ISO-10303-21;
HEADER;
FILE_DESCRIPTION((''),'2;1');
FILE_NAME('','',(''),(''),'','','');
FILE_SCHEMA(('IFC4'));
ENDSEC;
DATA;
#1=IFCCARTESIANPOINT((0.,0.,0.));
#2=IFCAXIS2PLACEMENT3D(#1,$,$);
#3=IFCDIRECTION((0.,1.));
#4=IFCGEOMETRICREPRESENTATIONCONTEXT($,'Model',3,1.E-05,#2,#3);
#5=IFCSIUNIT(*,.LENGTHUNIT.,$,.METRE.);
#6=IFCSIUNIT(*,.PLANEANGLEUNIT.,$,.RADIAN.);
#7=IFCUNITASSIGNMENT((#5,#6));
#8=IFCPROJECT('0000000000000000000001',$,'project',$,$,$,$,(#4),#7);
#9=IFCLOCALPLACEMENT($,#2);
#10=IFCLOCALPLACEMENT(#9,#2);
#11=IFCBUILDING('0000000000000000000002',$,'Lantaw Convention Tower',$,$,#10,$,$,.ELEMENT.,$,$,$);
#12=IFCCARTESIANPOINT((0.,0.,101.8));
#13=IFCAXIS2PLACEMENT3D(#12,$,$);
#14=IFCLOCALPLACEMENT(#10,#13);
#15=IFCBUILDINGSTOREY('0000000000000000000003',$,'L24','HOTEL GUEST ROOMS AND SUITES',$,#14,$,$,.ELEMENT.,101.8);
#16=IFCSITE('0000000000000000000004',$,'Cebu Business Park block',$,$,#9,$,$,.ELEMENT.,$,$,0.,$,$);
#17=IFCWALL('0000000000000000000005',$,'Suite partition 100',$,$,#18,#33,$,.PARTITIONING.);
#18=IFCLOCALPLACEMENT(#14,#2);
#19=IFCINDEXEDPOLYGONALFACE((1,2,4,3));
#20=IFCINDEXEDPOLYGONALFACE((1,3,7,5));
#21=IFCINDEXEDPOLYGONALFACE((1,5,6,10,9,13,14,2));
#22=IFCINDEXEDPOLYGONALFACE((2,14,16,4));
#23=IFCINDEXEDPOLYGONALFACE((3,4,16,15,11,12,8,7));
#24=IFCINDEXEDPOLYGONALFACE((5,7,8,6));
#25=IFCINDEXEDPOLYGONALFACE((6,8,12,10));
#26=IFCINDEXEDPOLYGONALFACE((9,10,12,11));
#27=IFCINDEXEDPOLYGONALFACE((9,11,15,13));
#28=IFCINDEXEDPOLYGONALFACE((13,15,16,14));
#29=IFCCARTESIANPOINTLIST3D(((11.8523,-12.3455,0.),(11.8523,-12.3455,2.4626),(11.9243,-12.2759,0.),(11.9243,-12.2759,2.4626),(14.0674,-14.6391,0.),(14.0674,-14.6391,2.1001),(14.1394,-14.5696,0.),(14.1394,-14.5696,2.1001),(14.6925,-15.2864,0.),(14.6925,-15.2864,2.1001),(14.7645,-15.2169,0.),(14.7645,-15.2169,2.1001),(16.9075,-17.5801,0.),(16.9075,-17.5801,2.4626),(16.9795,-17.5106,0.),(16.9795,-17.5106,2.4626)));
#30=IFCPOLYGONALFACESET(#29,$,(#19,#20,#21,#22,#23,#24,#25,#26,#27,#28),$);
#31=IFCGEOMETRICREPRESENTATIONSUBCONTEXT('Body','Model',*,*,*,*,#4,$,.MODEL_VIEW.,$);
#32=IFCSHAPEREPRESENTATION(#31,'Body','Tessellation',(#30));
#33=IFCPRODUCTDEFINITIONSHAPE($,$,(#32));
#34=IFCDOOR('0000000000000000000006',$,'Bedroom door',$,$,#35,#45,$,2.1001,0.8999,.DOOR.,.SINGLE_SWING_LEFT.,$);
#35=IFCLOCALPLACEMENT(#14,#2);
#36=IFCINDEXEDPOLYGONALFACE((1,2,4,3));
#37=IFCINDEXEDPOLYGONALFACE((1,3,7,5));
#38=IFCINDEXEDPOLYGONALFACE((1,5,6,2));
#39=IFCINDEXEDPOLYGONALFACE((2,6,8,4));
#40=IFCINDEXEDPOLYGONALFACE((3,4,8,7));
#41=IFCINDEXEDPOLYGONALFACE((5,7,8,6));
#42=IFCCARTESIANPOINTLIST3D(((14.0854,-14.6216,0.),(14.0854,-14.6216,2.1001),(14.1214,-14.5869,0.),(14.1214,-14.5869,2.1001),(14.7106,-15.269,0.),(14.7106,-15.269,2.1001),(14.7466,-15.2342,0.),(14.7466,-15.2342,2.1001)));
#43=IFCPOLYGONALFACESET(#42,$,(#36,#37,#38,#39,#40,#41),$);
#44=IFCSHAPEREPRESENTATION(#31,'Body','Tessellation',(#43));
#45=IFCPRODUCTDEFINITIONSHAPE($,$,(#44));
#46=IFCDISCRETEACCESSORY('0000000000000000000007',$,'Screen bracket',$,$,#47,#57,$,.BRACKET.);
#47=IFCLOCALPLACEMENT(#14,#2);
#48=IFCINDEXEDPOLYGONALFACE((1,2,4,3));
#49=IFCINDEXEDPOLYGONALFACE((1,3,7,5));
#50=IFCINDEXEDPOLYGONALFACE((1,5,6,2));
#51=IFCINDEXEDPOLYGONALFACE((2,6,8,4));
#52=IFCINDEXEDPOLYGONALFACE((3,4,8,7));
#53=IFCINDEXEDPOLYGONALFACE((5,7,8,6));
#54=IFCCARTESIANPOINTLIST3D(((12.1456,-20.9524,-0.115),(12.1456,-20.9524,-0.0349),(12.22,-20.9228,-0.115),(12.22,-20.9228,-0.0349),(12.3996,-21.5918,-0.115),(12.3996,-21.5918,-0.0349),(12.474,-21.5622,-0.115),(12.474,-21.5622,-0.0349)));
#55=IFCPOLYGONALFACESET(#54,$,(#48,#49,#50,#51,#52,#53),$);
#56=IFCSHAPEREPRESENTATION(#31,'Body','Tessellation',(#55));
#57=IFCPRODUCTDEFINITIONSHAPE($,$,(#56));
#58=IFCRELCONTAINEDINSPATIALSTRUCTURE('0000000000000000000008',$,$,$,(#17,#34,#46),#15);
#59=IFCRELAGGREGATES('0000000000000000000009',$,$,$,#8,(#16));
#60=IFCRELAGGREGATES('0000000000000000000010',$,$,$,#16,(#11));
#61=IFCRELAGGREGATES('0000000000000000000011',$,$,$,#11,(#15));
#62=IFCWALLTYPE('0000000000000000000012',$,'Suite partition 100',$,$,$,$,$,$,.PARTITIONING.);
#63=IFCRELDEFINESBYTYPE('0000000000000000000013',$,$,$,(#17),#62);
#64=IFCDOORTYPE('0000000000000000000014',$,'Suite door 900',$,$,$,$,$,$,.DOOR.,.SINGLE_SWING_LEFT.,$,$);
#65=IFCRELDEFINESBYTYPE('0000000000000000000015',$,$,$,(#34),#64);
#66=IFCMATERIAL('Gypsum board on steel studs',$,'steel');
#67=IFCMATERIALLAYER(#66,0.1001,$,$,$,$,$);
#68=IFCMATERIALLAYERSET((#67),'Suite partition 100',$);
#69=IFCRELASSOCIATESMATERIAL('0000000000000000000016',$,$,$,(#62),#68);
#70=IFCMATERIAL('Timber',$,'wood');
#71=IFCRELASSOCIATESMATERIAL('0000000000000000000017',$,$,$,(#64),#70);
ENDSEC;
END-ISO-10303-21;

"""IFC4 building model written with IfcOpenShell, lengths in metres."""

from ifc_helpers import new_model, si_unit, direction, frame, frame_2d, origin, origin_2d, place, context, subcontext, project, spatial, rectangle, extrude, material, layer, layer_set, type_object, element, fill, save


model = new_model("IFC4")

# Units and contexts
model_context = context("Model", 3, precision=1e-05, world=origin(), true_north=direction((0.0, 1.0)))
body_context = subcontext(model_context, "Body", "Model", "MODEL_VIEW")
ifc_project = project(units=[si_unit("LENGTHUNIT", "METRE"), si_unit("PLANEANGLEUNIT", "RADIAN")], contexts=[model_context])

# Site, building, storey
site_placement = place(None, origin())
site = spatial("IfcSite", under=ifc_project, at=site_placement, Name="Cebu Business Park block", CompositionType="ELEMENT", RefElevation=0.0)
building_placement = place(site_placement, origin())
building = spatial("IfcBuilding", under=site, at=building_placement, Name="Lantaw Convention Tower", CompositionType="ELEMENT")
storey_placement = place(building_placement, frame((0.0, 0.0, 101.8)))
storey = spatial("IfcBuildingStorey", under=building, at=storey_placement, Name="L24", Description="HOTEL GUEST ROOMS AND SUITES", CompositionType="ELEMENT", Elevation=101.8)

# Wall, opening, door
ifc_material_1 = material(Name="Gypsum board on steel studs", Category="steel")
ifc_layer_1 = layer(ifc_material_1, 0.1001)
ifc_layer_set_1 = layer_set([ifc_layer_1], Name="Suite partition 100")
wall_type_1 = type_object("IfcWallType", Name="Suite partition 100", PredefinedType="PARTITIONING", material=ifc_layer_set_1)
wall_1_placement = place(storey_placement, frame((16.9436, -17.5454, 0.0), z_axis=(0.0, 0.0, 1.0), x_axis=(-0.69467, 0.719329, 0.0)))
wall_1 = element("IfcWall", 1, at=wall_1_placement, inside=storey, type_object=wall_type_1, Name="Suite partition 100", PredefinedType="PARTITIONING", context=body_context, shape_type="SweptSolid", body=[
    extrude(rectangle(XDim=7.2771, YDim=0.1001, at=frame_2d((3.6387, 0.0))), origin(), (0.0, 0.0, 1.0), 2.4626),
])
opening_1_placement = place(wall_1_placement, frame((3.1887, 0.0, 0.0)))
opening_1 = element("IfcOpeningElement", 2, at=opening_1_placement, cuts=wall_1, PredefinedType="OPENING", context=body_context, shape_type="SweptSolid", body=[
    extrude(rectangle(XDim=0.8999, YDim=2.1001, at=frame_2d((0.45, 1.05))), frame((0.0, 0.0601, 0.0), z_axis=(0.0, -1.0, 0.0), x_axis=(1.0, 0.0, 0.0)), (0.0, 0.0, 1.0), 0.1201),
])
ifc_material_2 = material(Name="Timber", Category="wood")
door_type_1 = type_object("IfcDoorType", Name="Suite door 900", OperationType="SINGLE_SWING_LEFT", PredefinedType="DOOR", material=ifc_material_2)
door_1_placement = place(opening_1_placement, origin())
door_1 = element("IfcDoor", 3, at=door_1_placement, inside=storey, type_object=door_type_1, Name="Bedroom door", OperationType="SINGLE_SWING_LEFT", OverallHeight=2.1001, OverallWidth=0.8999, PredefinedType="DOOR", context=body_context, shape_type="SweptSolid", body=[
    extrude(rectangle(XDim=0.8999, YDim=2.1001, at=frame_2d((0.45, 1.05))), frame((0.0, 0.0249, 0.0), z_axis=(0.0, -1.0, 0.0), x_axis=(1.0, 0.0, 0.0)), (0.0, 0.0, 1.0), 0.05),
])
fill(opening_1, door_1)

# Discrete accessory
discrete_accessory_placement = place(storey_placement, frame((12.3098, -21.2573, -0.115), z_axis=(0.0, 0.0, 1.0), x_axis=(0.929361, 0.369172, 0.0)))
element("IfcDiscreteAccessory", 4, at=discrete_accessory_placement, inside=storey, Name="Screen bracket", PredefinedType="BRACKET", context=body_context, shape_type="SweptSolid", body=[
    extrude(rectangle(XDim=0.0801, YDim=0.688, at=origin_2d()), origin(), (0.0, 0.0, 1.0), 0.0801),
])

save(model, "model.ifc")
